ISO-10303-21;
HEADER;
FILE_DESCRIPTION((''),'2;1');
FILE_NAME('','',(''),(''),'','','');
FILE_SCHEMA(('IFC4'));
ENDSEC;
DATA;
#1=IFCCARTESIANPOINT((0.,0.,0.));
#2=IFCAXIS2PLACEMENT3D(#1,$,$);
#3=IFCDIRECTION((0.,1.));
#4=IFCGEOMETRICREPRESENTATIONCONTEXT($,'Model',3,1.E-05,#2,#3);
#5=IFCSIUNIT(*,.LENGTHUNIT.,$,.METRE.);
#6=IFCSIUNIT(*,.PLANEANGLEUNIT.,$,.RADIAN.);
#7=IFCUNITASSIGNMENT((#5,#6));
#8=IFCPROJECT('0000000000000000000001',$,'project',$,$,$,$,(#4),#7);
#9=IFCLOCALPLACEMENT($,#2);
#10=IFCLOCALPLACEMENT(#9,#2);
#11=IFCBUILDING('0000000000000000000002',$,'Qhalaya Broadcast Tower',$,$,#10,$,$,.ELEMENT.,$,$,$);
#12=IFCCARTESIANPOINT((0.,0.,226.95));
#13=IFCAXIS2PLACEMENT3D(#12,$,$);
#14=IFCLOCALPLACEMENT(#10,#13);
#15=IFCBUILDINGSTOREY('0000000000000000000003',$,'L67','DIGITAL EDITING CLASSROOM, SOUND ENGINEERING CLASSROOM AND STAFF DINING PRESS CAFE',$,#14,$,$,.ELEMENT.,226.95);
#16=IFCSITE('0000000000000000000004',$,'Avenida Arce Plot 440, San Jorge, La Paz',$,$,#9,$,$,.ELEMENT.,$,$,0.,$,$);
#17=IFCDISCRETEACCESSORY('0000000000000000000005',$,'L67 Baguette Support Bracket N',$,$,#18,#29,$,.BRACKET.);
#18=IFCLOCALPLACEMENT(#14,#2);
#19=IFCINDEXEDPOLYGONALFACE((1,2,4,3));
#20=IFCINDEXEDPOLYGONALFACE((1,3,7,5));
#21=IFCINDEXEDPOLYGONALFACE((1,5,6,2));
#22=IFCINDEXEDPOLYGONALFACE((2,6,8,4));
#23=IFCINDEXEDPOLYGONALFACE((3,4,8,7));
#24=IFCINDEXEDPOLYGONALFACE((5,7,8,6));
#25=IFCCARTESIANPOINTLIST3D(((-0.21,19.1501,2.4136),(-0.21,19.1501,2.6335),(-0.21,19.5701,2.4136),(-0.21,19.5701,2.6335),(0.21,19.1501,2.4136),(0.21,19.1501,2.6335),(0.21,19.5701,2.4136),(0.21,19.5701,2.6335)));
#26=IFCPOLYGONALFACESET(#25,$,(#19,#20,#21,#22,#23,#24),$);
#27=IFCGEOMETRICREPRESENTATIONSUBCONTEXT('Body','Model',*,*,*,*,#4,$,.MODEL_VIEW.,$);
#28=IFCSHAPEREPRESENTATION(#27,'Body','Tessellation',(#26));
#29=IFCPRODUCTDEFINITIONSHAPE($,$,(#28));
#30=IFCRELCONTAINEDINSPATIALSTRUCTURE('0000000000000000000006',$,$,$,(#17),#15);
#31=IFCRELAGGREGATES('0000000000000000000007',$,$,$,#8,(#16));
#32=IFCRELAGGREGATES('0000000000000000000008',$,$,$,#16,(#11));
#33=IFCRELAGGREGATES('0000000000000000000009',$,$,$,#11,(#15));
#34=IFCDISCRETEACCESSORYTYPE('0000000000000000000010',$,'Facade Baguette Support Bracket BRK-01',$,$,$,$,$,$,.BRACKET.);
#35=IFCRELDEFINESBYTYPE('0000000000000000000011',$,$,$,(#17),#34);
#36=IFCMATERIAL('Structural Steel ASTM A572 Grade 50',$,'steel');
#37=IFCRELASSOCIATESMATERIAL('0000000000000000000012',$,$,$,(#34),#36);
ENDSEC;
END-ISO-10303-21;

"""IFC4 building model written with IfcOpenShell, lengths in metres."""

from ifc_helpers import new_model, si_unit, direction, frame, origin, origin_2d, place, context, subcontext, project, spatial, rectangle, extrude, material, type_object, element, save


model = new_model("IFC4")

# Units and contexts
model_context = context("Model", 3, precision=1e-05, world=origin(), true_north=direction((0.0, 1.0)))
body_context = subcontext(model_context, "Body", "Model", "MODEL_VIEW")
ifc_project = project(units=[si_unit("LENGTHUNIT", "METRE"), si_unit("PLANEANGLEUNIT", "RADIAN")], contexts=[model_context])

# Site, building, storey
site_placement = place(None, origin())
site = spatial("IfcSite", under=ifc_project, at=site_placement, Name="Avenida Arce Plot 440, San Jorge, La Paz", CompositionType="ELEMENT", RefElevation=0.0)
building_placement = place(site_placement, origin())
building = spatial("IfcBuilding", under=site, at=building_placement, Name="Qhalaya Broadcast Tower", CompositionType="ELEMENT")
storey_placement = place(building_placement, frame((0.0, 0.0, 226.95)))
storey = spatial("IfcBuildingStorey", under=building, at=storey_placement, Name="L67", Description="DIGITAL EDITING CLASSROOM, SOUND ENGINEERING CLASSROOM AND STAFF DINING PRESS CAFE", CompositionType="ELEMENT", Elevation=226.95)

# Shared definitions
ifc_material_1 = material(Name="Structural Steel ASTM A572 Grade 50", Category="steel")

# Discrete accessory
discrete_accessory_type = type_object("IfcDiscreteAccessoryType", Name="Facade Baguette Support Bracket BRK-01", PredefinedType="BRACKET", material=ifc_material_1)
discrete_accessory_placement = place(storey_placement, frame((0.0, 19.3601, 2.4136), z_axis=(0.0, 0.0, 1.0), x_axis=(-1.0, 0.0, 0.0)))
element("IfcDiscreteAccessory", 1, at=discrete_accessory_placement, inside=storey, type_object=discrete_accessory_type, Name="L67 Baguette Support Bracket N", PredefinedType="BRACKET", context=body_context, shape_type="SweptSolid", body=[
    extrude(rectangle(XDim=0.4199, YDim=0.4199, at=origin_2d()), origin(), (0.0, 0.0, 1.0), 0.22),
])

save(model, "model.ifc")
